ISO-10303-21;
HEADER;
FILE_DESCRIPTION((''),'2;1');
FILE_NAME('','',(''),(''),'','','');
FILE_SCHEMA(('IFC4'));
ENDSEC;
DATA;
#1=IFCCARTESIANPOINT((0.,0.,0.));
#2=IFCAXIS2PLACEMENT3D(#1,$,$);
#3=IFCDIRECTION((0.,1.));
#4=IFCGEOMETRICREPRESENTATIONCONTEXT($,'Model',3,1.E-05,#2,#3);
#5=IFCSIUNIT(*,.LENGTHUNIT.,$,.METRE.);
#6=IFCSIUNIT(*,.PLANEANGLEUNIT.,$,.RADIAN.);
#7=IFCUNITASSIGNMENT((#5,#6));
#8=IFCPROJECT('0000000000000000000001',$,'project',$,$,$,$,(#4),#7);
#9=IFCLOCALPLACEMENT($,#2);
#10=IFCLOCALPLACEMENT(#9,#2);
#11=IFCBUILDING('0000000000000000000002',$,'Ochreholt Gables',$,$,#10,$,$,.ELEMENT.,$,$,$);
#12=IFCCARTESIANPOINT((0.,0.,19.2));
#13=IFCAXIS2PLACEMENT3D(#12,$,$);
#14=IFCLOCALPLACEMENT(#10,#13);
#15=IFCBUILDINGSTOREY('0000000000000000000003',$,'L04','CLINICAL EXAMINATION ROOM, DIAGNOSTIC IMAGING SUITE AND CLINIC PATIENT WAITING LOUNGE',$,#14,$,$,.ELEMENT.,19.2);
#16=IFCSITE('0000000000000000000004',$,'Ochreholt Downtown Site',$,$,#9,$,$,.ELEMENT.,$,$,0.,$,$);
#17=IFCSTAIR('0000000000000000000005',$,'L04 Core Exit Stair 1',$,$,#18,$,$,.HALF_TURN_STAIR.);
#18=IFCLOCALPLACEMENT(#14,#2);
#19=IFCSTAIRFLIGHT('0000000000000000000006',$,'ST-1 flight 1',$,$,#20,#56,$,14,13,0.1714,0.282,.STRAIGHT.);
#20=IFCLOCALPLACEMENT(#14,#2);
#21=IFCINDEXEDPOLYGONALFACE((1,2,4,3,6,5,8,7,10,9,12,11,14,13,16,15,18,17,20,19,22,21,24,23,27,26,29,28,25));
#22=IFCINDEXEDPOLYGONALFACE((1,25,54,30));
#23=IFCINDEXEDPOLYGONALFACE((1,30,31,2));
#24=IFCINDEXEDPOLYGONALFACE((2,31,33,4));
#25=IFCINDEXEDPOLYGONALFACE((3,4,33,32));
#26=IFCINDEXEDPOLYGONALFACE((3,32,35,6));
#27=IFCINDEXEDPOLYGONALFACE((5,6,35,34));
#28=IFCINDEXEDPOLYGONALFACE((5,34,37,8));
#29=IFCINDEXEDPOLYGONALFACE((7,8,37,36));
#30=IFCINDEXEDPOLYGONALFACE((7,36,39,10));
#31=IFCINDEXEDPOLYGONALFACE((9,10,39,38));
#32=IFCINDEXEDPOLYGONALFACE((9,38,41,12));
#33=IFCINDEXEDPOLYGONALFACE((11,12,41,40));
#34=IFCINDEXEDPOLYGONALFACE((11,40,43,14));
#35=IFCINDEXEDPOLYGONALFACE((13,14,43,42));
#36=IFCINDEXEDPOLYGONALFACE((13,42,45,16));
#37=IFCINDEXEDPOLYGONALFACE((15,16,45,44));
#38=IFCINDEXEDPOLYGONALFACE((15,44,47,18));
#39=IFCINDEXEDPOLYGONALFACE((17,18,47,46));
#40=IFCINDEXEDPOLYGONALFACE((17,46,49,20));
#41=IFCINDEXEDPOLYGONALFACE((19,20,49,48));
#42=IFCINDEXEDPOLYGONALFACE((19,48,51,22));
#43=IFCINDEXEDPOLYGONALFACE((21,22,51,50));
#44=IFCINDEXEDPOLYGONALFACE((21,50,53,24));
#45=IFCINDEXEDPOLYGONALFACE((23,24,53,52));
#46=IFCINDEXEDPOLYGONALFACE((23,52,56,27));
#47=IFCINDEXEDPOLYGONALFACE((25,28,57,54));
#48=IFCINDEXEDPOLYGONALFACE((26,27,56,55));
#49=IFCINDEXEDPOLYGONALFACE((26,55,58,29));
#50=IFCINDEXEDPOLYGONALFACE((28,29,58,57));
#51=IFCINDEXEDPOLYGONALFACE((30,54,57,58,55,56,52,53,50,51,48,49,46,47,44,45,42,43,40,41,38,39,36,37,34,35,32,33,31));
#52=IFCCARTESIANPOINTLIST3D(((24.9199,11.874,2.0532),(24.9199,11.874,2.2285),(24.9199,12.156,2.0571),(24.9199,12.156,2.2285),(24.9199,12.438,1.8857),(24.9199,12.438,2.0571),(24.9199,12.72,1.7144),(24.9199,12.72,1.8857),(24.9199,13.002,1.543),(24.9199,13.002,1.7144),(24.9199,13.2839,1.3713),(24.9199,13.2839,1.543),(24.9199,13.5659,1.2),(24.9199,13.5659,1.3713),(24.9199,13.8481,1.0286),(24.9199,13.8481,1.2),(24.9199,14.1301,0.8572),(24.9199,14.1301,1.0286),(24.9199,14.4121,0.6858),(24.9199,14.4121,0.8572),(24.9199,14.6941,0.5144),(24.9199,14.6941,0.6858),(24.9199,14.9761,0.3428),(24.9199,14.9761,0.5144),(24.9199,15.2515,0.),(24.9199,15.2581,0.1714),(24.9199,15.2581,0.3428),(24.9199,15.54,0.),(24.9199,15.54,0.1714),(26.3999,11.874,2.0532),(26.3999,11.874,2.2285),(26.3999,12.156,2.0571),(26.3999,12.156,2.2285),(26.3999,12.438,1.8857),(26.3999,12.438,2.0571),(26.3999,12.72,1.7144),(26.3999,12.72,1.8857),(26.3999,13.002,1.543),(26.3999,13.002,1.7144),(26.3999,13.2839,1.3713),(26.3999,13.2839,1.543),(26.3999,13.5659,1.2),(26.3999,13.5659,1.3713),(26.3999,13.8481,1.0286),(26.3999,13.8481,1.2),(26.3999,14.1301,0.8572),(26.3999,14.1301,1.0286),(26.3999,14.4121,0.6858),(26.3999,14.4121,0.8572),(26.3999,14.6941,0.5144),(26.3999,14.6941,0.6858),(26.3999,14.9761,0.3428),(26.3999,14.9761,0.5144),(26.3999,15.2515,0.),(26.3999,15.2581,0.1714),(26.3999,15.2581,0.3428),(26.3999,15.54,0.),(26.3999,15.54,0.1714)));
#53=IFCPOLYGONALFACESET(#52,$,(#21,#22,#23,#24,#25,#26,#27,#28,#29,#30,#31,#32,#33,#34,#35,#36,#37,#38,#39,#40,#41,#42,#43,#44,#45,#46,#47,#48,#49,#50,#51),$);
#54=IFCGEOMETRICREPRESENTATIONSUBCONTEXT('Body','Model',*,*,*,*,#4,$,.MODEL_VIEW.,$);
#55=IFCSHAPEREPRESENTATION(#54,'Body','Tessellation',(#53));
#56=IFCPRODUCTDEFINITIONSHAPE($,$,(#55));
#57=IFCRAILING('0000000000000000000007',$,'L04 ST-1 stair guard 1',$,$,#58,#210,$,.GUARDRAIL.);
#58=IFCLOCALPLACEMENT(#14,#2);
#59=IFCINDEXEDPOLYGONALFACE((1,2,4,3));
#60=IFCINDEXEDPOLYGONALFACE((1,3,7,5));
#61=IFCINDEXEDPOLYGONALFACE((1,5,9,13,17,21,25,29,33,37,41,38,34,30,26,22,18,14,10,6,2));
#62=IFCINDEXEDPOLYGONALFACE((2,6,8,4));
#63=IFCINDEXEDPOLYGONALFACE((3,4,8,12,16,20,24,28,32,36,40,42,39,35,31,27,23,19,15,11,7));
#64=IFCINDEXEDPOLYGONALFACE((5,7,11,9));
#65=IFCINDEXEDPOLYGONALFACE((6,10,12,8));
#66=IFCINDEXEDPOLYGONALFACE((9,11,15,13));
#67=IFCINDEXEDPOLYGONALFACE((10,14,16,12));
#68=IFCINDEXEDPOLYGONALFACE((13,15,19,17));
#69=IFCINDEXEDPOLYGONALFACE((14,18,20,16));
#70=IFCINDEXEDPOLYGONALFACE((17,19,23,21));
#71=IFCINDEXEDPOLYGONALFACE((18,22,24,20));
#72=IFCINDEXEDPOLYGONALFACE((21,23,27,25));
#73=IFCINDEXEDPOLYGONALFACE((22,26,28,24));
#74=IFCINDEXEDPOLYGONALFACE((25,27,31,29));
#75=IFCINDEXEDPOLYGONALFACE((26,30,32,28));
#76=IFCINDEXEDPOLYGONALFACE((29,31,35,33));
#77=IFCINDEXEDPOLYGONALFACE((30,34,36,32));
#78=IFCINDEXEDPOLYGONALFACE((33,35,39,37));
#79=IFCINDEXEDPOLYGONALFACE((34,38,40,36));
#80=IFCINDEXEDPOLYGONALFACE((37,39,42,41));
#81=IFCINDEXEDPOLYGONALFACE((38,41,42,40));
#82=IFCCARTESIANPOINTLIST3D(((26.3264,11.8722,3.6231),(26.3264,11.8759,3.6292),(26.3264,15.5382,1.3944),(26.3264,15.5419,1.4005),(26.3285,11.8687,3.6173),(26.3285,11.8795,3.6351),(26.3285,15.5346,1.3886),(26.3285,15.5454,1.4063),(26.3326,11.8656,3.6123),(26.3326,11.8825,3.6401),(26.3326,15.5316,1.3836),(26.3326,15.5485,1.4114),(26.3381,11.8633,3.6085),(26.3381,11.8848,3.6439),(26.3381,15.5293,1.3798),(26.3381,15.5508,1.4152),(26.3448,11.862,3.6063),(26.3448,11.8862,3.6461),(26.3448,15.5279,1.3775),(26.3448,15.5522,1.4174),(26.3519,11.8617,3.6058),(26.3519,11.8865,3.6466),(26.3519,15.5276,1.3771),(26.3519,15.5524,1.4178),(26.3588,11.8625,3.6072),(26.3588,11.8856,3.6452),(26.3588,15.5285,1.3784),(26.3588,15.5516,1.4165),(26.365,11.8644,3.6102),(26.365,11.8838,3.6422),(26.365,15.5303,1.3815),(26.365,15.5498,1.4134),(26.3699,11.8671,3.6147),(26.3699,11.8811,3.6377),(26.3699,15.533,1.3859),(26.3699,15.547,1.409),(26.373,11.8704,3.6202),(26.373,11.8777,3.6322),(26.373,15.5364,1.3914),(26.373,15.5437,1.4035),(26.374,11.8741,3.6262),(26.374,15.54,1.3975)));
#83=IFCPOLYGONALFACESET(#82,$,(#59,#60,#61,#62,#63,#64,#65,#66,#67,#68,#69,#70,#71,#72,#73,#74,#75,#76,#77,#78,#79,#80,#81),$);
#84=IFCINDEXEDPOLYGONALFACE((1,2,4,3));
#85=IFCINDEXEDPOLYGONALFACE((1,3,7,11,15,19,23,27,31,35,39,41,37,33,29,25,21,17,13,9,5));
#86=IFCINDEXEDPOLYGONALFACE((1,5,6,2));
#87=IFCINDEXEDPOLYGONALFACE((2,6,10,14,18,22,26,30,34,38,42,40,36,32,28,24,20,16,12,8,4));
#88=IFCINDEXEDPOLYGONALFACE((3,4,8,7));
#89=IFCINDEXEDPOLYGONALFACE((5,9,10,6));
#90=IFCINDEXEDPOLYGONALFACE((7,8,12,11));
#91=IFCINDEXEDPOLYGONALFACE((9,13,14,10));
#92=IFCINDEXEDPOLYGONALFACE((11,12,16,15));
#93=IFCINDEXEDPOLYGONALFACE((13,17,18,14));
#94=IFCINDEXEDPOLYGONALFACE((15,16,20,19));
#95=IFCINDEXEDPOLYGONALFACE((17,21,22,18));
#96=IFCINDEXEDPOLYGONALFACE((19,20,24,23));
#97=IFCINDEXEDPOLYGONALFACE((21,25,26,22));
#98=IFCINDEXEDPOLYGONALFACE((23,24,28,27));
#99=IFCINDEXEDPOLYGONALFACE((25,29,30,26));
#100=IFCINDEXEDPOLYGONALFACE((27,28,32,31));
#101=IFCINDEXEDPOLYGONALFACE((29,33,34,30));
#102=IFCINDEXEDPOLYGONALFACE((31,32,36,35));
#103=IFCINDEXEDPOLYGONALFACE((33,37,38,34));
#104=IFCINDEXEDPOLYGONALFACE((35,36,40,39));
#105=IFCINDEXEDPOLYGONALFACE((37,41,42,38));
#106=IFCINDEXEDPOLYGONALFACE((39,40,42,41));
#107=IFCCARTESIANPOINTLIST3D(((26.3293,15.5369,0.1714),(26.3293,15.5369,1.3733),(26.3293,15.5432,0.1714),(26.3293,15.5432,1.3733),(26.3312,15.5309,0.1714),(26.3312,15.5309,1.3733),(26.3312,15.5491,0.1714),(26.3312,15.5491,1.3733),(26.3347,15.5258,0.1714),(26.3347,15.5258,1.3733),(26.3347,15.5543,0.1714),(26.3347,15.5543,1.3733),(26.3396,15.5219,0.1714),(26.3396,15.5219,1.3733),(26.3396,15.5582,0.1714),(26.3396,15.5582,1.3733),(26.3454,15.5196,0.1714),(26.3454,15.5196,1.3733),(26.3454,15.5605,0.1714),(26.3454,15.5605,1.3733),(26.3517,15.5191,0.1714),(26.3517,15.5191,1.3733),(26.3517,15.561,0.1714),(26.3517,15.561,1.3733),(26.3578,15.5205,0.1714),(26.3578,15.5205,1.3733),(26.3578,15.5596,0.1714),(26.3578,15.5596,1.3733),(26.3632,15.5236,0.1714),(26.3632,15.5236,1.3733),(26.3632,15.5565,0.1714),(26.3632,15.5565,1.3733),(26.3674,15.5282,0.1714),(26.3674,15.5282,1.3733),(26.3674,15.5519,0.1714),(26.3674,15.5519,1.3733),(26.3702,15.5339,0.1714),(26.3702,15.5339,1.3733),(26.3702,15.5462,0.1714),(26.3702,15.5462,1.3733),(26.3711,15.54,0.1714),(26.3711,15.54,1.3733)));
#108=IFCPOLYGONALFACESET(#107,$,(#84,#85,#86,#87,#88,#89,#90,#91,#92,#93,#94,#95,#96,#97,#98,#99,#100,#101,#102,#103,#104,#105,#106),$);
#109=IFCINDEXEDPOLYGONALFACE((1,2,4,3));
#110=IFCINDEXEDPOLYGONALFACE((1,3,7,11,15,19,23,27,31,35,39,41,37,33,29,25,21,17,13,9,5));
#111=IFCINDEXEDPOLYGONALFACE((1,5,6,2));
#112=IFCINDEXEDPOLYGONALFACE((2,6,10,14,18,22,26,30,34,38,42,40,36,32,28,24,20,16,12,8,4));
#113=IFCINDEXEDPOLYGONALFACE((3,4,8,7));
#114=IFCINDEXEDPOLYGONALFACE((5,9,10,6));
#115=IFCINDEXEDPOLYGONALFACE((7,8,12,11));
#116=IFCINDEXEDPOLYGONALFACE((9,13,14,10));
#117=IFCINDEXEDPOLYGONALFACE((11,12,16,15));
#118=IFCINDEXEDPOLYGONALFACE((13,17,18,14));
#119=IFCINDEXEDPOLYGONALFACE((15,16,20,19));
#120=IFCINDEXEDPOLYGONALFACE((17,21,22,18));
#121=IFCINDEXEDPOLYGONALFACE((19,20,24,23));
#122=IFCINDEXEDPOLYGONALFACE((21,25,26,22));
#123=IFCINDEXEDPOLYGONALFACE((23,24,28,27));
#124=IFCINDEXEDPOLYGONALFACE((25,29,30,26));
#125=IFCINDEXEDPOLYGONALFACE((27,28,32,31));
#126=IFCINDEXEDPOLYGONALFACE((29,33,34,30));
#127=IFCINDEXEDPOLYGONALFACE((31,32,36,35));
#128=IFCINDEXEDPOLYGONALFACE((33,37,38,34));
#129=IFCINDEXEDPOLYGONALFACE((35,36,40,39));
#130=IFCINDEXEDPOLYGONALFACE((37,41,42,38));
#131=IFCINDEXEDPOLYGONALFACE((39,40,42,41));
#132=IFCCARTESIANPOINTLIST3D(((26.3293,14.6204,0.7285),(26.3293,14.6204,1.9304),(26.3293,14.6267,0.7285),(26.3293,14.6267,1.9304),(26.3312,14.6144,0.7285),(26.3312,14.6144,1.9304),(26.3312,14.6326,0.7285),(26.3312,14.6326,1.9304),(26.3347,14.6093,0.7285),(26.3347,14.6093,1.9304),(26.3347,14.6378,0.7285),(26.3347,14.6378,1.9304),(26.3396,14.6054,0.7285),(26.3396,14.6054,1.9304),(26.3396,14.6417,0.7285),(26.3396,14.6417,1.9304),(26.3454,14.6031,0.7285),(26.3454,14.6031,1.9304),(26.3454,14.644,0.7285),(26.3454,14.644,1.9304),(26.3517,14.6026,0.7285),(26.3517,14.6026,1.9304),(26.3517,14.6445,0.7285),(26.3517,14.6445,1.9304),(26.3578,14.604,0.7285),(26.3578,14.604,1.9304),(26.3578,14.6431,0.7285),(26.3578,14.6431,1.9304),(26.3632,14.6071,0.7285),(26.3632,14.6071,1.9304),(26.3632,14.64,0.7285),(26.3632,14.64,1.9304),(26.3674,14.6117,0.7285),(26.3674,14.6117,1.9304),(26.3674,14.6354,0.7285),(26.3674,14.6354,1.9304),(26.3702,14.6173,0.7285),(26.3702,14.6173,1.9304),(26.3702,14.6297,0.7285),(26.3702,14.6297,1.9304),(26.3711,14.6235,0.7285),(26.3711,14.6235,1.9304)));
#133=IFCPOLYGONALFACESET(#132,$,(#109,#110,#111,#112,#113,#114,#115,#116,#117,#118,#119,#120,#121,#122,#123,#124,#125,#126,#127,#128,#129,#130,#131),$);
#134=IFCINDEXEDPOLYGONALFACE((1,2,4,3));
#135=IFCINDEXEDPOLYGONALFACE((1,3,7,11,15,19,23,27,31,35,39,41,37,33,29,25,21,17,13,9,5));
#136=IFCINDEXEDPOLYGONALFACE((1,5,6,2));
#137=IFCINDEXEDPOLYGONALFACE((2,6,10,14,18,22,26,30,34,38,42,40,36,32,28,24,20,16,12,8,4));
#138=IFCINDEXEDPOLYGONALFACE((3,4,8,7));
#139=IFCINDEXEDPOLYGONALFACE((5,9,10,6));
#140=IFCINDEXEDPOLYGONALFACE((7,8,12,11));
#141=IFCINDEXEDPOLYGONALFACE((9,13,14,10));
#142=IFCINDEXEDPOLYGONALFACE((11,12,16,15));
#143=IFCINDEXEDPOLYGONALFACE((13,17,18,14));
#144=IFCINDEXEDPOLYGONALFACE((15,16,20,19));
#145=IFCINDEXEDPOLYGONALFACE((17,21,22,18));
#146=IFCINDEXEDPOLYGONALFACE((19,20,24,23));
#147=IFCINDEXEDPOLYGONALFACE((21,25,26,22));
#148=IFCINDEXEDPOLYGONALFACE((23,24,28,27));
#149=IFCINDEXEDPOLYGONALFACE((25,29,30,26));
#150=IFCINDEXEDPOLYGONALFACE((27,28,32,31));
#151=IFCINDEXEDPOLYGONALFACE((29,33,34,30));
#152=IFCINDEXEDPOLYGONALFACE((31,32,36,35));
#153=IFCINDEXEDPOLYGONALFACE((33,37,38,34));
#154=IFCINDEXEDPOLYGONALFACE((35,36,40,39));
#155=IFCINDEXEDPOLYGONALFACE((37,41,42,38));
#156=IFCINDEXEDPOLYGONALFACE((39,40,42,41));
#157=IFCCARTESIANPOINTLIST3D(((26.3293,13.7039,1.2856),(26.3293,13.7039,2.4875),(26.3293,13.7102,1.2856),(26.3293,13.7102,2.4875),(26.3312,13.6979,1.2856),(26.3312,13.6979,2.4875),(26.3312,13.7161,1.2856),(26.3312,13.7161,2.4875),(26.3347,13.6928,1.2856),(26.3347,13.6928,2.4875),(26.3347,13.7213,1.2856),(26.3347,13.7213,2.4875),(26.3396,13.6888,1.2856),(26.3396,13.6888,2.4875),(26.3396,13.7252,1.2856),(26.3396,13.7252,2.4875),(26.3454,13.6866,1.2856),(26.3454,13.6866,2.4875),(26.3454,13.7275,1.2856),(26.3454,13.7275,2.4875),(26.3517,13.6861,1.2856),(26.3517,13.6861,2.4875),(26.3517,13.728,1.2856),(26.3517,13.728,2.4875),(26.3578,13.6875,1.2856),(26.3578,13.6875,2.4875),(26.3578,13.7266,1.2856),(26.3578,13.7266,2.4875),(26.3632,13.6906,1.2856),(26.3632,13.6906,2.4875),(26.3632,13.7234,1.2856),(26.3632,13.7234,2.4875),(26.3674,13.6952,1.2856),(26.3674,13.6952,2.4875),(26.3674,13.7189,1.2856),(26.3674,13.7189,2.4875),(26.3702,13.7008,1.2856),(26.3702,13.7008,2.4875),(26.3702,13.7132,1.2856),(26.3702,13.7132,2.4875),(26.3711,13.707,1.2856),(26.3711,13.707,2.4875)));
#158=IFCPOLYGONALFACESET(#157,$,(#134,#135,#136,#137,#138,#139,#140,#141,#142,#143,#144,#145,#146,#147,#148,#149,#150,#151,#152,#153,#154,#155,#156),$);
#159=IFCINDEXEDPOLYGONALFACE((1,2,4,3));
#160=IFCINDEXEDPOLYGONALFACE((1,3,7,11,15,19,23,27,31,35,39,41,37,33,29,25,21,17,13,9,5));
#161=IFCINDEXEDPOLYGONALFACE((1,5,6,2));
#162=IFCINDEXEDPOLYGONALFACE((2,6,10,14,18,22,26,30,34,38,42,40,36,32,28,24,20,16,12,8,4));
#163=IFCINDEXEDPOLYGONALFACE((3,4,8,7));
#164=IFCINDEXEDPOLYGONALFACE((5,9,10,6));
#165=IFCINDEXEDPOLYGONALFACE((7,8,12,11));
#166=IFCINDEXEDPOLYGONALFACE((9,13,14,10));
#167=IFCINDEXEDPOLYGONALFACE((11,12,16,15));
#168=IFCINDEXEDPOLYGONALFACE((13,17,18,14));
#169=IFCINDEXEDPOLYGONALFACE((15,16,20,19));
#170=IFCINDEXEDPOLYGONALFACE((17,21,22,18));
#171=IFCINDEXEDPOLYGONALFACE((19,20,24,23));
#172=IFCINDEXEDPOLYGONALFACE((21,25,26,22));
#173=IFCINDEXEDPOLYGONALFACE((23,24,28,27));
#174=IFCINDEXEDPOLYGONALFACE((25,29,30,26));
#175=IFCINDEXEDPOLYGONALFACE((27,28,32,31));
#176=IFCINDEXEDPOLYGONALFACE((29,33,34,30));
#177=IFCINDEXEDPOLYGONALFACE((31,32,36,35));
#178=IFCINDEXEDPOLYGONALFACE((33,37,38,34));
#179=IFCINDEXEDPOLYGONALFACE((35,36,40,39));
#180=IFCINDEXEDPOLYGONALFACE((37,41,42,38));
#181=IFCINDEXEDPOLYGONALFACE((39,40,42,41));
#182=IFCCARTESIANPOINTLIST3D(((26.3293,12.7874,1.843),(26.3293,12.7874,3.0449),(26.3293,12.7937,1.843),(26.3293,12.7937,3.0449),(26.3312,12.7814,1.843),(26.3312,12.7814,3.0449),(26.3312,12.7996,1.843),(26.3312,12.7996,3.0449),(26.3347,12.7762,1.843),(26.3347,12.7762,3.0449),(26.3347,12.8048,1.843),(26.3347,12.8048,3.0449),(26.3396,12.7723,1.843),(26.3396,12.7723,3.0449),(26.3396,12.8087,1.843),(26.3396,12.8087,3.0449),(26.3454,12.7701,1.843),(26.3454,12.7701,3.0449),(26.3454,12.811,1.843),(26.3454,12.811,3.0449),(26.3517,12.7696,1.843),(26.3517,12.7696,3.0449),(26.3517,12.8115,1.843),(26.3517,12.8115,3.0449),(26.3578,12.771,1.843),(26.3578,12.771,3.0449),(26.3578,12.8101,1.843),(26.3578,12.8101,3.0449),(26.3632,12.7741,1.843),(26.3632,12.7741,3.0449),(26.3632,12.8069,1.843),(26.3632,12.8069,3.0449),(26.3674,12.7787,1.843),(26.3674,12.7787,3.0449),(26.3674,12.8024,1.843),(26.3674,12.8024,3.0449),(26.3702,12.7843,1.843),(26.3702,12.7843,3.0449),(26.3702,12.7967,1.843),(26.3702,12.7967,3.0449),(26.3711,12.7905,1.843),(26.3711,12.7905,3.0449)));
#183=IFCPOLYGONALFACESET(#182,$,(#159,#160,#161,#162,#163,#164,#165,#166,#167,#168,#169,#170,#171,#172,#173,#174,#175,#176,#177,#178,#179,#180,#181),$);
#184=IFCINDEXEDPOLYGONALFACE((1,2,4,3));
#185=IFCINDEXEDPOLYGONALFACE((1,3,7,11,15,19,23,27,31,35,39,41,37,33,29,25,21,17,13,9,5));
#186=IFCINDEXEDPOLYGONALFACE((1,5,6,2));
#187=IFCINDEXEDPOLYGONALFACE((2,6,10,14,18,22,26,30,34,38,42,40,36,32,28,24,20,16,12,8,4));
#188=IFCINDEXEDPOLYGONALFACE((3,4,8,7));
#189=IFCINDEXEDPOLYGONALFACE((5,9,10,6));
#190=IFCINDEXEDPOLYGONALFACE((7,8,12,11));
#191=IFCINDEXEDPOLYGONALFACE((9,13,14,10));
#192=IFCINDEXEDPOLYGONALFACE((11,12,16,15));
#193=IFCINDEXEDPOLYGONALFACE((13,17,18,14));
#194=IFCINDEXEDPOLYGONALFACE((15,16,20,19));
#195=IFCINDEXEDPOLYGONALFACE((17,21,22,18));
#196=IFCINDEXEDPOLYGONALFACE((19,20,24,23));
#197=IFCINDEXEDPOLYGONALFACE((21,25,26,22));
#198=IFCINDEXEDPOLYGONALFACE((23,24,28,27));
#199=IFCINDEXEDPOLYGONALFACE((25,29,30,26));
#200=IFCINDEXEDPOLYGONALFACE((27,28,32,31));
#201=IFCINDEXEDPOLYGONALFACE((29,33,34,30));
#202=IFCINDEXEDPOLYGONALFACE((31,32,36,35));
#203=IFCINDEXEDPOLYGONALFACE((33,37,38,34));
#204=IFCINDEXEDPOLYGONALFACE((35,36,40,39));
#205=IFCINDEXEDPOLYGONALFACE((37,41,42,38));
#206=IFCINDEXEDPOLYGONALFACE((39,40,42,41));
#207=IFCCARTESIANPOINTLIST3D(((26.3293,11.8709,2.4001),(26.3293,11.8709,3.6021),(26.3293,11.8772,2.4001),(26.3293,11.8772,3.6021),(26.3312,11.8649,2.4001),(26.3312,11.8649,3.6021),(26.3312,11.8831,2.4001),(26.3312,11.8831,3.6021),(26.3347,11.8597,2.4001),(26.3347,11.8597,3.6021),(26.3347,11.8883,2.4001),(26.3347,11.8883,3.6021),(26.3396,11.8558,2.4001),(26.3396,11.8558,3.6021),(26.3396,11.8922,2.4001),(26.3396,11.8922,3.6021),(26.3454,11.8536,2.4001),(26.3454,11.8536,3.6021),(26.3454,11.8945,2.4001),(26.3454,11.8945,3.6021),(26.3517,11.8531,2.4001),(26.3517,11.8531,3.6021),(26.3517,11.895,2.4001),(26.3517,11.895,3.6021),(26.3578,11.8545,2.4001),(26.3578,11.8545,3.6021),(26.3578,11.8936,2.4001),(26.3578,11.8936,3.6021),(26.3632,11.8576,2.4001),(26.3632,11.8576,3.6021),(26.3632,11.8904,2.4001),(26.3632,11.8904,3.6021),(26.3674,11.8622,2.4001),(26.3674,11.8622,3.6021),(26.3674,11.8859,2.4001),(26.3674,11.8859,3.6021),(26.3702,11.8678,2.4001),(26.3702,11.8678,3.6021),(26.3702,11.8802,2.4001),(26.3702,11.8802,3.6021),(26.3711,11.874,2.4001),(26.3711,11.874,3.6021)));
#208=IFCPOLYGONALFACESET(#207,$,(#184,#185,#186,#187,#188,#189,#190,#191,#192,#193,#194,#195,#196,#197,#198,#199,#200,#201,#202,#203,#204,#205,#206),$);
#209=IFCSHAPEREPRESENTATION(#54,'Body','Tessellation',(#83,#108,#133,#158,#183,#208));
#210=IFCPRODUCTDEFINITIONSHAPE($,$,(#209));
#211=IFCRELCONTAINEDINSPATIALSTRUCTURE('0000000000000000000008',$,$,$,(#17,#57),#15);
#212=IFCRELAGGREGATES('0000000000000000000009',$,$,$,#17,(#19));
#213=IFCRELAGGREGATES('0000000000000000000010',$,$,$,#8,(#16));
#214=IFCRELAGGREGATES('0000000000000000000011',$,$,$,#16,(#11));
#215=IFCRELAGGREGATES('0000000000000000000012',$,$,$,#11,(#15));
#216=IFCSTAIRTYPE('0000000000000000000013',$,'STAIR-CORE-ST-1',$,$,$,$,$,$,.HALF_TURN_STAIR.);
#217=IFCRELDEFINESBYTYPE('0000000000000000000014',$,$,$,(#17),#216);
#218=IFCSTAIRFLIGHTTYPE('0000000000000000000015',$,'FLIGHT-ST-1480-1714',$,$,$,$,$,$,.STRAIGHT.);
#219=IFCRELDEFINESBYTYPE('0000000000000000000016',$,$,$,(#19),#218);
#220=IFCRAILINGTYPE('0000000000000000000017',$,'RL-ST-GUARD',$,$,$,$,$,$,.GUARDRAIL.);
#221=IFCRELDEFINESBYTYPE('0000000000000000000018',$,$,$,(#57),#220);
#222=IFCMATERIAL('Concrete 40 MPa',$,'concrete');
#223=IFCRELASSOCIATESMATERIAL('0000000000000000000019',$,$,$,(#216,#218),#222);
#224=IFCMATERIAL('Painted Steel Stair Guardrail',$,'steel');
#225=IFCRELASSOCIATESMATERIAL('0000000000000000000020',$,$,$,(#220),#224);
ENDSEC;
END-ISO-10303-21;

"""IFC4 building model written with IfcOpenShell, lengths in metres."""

from ifc_helpers import new_model, si_unit, direction, frame, origin, origin_2d, place, context, subcontext, project, spatial, polyline, circle, outline, extrude, material, type_object, element, aggregate, save


model = new_model("IFC4")

# Units and contexts
model_context = context("Model", 3, precision=1e-05, world=origin(), true_north=direction((0.0, 1.0)))
body_context = subcontext(model_context, "Body", "Model", "MODEL_VIEW")
ifc_project = project(units=[si_unit("LENGTHUNIT", "METRE"), si_unit("PLANEANGLEUNIT", "RADIAN")], contexts=[model_context])

# Site, building, storey
site_placement = place(None, origin())
site = spatial("IfcSite", under=ifc_project, at=site_placement, Name="Ochreholt Downtown Site", CompositionType="ELEMENT", RefElevation=0.0)
building_placement = place(site_placement, origin())
building = spatial("IfcBuilding", under=site, at=building_placement, Name="Ochreholt Gables", CompositionType="ELEMENT")
storey_placement = place(building_placement, frame((0.0, 0.0, 19.2)))
storey = spatial("IfcBuildingStorey", under=building, at=storey_placement, Name="L04", Description="CLINICAL EXAMINATION ROOM, DIAGNOSTIC IMAGING SUITE AND CLINIC PATIENT WAITING LOUNGE", CompositionType="ELEMENT", Elevation=19.2)

# Stair, stair flight
ifc_material_1 = material(Name="Concrete 40 MPa", Category="concrete")
stair_type = type_object("IfcStairType", Name="STAIR-CORE-ST-1", PredefinedType="HALF_TURN_STAIR", material=ifc_material_1)
stair_placement = place(storey_placement, origin())
stair = element("IfcStair", 1, at=stair_placement, inside=storey, type_object=stair_type, Name="L04 Core Exit Stair 1", PredefinedType="HALF_TURN_STAIR")
stair_flight_type = type_object("IfcStairFlightType", Name="FLIGHT-ST-1480-1714", PredefinedType="STRAIGHT", material=ifc_material_1)
stair_flight_placement = place(storey_placement, frame((25.6599, 15.54, 0.0), z_axis=(0.0, 0.0, 1.0), x_axis=(0.0, -1.0, 0.0)))
stair_flight = element("IfcStairFlight", 2, at=stair_flight_placement, type_object=stair_flight_type, Name="ST-1 flight 1", NumberOfRisers=14, NumberOfTreads=13, PredefinedType="STRAIGHT", RiserHeight=0.1714, TreadLength=0.282, context=body_context, shape_type="SweptSolid", body=[
    extrude(outline(polyline([(0.0, 0.0), (0.0, 0.1714), (0.282, 0.1714), (0.282, 0.3428), (0.564, 0.3428), (0.564, 0.5144), (0.8459, 0.5144), (0.8459, 0.6858), (1.1279, 0.6858), (1.1279, 0.8572), (1.4099, 0.8572), (1.4099, 1.0286), (1.6919, 1.0286), (1.6919, 1.2), (1.9741, 1.2), (1.9741, 1.3713), (2.2561, 1.3713), (2.2561, 1.543), (2.5381, 1.543), (2.5381, 1.7144), (2.8201, 1.7144), (2.8201, 1.8857), (3.1021, 1.8857), (3.1021, 2.0571), (3.384, 2.0571), (3.384, 2.2285), (3.666, 2.2285), (3.666, 2.3999), (3.666, 2.0532), (0.2886, 0.0), (0.0, 0.0)])), frame((0.0, 0.74, 0.0), z_axis=(0.0, -1.0, 0.0), x_axis=(1.0, 0.0, 0.0)), (0.0, 0.0, 1.0), 1.48),
])
aggregate(stair, [stair_flight])

# Railing
ifc_material_2 = material(Name="Painted Steel Stair Guardrail", Category="steel")
railing_type_1 = type_object("IfcRailingType", Name="RL-ST-GUARD", PredefinedType="GUARDRAIL", material=ifc_material_2)
railing_1_placement = place(storey_placement, frame((26.3501, 15.54, 0.1714)))
element("IfcRailing", 3, at=railing_1_placement, inside=storey, type_object=railing_type_1, Name="L04 ST-1 stair guard 1", PredefinedType="GUARDRAIL", context=body_context, shape_type="SweptSolid", body=[
    extrude(circle(Radius=0.0239, at=origin_2d()), frame((0.0, 0.0, 1.2261), z_axis=(0.0, -0.854481, 0.519483), x_axis=(1.0, 0.0, 0.0)), (0.0, 0.0, 1.0), 4.2903),
    extrude(circle(Radius=0.021, at=origin_2d()), origin(), (0.0, 0.0, 1.0), 1.2019),
    extrude(circle(Radius=0.021, at=origin_2d()), frame((0.0, -0.9165, 0.5571)), (0.0, 0.0, 1.0), 1.2019),
    extrude(circle(Radius=0.021, at=origin_2d()), frame((0.0, -1.833, 1.1143)), (0.0, 0.0, 1.0), 1.2019),
    extrude(circle(Radius=0.021, at=origin_2d()), frame((0.0, -2.7495, 1.6716)), (0.0, 0.0, 1.0), 1.2019),
    extrude(circle(Radius=0.021, at=origin_2d()), frame((0.0, -3.666, 2.2288)), (0.0, 0.0, 1.0), 1.2019),
])

save(model, "model.ifc")
